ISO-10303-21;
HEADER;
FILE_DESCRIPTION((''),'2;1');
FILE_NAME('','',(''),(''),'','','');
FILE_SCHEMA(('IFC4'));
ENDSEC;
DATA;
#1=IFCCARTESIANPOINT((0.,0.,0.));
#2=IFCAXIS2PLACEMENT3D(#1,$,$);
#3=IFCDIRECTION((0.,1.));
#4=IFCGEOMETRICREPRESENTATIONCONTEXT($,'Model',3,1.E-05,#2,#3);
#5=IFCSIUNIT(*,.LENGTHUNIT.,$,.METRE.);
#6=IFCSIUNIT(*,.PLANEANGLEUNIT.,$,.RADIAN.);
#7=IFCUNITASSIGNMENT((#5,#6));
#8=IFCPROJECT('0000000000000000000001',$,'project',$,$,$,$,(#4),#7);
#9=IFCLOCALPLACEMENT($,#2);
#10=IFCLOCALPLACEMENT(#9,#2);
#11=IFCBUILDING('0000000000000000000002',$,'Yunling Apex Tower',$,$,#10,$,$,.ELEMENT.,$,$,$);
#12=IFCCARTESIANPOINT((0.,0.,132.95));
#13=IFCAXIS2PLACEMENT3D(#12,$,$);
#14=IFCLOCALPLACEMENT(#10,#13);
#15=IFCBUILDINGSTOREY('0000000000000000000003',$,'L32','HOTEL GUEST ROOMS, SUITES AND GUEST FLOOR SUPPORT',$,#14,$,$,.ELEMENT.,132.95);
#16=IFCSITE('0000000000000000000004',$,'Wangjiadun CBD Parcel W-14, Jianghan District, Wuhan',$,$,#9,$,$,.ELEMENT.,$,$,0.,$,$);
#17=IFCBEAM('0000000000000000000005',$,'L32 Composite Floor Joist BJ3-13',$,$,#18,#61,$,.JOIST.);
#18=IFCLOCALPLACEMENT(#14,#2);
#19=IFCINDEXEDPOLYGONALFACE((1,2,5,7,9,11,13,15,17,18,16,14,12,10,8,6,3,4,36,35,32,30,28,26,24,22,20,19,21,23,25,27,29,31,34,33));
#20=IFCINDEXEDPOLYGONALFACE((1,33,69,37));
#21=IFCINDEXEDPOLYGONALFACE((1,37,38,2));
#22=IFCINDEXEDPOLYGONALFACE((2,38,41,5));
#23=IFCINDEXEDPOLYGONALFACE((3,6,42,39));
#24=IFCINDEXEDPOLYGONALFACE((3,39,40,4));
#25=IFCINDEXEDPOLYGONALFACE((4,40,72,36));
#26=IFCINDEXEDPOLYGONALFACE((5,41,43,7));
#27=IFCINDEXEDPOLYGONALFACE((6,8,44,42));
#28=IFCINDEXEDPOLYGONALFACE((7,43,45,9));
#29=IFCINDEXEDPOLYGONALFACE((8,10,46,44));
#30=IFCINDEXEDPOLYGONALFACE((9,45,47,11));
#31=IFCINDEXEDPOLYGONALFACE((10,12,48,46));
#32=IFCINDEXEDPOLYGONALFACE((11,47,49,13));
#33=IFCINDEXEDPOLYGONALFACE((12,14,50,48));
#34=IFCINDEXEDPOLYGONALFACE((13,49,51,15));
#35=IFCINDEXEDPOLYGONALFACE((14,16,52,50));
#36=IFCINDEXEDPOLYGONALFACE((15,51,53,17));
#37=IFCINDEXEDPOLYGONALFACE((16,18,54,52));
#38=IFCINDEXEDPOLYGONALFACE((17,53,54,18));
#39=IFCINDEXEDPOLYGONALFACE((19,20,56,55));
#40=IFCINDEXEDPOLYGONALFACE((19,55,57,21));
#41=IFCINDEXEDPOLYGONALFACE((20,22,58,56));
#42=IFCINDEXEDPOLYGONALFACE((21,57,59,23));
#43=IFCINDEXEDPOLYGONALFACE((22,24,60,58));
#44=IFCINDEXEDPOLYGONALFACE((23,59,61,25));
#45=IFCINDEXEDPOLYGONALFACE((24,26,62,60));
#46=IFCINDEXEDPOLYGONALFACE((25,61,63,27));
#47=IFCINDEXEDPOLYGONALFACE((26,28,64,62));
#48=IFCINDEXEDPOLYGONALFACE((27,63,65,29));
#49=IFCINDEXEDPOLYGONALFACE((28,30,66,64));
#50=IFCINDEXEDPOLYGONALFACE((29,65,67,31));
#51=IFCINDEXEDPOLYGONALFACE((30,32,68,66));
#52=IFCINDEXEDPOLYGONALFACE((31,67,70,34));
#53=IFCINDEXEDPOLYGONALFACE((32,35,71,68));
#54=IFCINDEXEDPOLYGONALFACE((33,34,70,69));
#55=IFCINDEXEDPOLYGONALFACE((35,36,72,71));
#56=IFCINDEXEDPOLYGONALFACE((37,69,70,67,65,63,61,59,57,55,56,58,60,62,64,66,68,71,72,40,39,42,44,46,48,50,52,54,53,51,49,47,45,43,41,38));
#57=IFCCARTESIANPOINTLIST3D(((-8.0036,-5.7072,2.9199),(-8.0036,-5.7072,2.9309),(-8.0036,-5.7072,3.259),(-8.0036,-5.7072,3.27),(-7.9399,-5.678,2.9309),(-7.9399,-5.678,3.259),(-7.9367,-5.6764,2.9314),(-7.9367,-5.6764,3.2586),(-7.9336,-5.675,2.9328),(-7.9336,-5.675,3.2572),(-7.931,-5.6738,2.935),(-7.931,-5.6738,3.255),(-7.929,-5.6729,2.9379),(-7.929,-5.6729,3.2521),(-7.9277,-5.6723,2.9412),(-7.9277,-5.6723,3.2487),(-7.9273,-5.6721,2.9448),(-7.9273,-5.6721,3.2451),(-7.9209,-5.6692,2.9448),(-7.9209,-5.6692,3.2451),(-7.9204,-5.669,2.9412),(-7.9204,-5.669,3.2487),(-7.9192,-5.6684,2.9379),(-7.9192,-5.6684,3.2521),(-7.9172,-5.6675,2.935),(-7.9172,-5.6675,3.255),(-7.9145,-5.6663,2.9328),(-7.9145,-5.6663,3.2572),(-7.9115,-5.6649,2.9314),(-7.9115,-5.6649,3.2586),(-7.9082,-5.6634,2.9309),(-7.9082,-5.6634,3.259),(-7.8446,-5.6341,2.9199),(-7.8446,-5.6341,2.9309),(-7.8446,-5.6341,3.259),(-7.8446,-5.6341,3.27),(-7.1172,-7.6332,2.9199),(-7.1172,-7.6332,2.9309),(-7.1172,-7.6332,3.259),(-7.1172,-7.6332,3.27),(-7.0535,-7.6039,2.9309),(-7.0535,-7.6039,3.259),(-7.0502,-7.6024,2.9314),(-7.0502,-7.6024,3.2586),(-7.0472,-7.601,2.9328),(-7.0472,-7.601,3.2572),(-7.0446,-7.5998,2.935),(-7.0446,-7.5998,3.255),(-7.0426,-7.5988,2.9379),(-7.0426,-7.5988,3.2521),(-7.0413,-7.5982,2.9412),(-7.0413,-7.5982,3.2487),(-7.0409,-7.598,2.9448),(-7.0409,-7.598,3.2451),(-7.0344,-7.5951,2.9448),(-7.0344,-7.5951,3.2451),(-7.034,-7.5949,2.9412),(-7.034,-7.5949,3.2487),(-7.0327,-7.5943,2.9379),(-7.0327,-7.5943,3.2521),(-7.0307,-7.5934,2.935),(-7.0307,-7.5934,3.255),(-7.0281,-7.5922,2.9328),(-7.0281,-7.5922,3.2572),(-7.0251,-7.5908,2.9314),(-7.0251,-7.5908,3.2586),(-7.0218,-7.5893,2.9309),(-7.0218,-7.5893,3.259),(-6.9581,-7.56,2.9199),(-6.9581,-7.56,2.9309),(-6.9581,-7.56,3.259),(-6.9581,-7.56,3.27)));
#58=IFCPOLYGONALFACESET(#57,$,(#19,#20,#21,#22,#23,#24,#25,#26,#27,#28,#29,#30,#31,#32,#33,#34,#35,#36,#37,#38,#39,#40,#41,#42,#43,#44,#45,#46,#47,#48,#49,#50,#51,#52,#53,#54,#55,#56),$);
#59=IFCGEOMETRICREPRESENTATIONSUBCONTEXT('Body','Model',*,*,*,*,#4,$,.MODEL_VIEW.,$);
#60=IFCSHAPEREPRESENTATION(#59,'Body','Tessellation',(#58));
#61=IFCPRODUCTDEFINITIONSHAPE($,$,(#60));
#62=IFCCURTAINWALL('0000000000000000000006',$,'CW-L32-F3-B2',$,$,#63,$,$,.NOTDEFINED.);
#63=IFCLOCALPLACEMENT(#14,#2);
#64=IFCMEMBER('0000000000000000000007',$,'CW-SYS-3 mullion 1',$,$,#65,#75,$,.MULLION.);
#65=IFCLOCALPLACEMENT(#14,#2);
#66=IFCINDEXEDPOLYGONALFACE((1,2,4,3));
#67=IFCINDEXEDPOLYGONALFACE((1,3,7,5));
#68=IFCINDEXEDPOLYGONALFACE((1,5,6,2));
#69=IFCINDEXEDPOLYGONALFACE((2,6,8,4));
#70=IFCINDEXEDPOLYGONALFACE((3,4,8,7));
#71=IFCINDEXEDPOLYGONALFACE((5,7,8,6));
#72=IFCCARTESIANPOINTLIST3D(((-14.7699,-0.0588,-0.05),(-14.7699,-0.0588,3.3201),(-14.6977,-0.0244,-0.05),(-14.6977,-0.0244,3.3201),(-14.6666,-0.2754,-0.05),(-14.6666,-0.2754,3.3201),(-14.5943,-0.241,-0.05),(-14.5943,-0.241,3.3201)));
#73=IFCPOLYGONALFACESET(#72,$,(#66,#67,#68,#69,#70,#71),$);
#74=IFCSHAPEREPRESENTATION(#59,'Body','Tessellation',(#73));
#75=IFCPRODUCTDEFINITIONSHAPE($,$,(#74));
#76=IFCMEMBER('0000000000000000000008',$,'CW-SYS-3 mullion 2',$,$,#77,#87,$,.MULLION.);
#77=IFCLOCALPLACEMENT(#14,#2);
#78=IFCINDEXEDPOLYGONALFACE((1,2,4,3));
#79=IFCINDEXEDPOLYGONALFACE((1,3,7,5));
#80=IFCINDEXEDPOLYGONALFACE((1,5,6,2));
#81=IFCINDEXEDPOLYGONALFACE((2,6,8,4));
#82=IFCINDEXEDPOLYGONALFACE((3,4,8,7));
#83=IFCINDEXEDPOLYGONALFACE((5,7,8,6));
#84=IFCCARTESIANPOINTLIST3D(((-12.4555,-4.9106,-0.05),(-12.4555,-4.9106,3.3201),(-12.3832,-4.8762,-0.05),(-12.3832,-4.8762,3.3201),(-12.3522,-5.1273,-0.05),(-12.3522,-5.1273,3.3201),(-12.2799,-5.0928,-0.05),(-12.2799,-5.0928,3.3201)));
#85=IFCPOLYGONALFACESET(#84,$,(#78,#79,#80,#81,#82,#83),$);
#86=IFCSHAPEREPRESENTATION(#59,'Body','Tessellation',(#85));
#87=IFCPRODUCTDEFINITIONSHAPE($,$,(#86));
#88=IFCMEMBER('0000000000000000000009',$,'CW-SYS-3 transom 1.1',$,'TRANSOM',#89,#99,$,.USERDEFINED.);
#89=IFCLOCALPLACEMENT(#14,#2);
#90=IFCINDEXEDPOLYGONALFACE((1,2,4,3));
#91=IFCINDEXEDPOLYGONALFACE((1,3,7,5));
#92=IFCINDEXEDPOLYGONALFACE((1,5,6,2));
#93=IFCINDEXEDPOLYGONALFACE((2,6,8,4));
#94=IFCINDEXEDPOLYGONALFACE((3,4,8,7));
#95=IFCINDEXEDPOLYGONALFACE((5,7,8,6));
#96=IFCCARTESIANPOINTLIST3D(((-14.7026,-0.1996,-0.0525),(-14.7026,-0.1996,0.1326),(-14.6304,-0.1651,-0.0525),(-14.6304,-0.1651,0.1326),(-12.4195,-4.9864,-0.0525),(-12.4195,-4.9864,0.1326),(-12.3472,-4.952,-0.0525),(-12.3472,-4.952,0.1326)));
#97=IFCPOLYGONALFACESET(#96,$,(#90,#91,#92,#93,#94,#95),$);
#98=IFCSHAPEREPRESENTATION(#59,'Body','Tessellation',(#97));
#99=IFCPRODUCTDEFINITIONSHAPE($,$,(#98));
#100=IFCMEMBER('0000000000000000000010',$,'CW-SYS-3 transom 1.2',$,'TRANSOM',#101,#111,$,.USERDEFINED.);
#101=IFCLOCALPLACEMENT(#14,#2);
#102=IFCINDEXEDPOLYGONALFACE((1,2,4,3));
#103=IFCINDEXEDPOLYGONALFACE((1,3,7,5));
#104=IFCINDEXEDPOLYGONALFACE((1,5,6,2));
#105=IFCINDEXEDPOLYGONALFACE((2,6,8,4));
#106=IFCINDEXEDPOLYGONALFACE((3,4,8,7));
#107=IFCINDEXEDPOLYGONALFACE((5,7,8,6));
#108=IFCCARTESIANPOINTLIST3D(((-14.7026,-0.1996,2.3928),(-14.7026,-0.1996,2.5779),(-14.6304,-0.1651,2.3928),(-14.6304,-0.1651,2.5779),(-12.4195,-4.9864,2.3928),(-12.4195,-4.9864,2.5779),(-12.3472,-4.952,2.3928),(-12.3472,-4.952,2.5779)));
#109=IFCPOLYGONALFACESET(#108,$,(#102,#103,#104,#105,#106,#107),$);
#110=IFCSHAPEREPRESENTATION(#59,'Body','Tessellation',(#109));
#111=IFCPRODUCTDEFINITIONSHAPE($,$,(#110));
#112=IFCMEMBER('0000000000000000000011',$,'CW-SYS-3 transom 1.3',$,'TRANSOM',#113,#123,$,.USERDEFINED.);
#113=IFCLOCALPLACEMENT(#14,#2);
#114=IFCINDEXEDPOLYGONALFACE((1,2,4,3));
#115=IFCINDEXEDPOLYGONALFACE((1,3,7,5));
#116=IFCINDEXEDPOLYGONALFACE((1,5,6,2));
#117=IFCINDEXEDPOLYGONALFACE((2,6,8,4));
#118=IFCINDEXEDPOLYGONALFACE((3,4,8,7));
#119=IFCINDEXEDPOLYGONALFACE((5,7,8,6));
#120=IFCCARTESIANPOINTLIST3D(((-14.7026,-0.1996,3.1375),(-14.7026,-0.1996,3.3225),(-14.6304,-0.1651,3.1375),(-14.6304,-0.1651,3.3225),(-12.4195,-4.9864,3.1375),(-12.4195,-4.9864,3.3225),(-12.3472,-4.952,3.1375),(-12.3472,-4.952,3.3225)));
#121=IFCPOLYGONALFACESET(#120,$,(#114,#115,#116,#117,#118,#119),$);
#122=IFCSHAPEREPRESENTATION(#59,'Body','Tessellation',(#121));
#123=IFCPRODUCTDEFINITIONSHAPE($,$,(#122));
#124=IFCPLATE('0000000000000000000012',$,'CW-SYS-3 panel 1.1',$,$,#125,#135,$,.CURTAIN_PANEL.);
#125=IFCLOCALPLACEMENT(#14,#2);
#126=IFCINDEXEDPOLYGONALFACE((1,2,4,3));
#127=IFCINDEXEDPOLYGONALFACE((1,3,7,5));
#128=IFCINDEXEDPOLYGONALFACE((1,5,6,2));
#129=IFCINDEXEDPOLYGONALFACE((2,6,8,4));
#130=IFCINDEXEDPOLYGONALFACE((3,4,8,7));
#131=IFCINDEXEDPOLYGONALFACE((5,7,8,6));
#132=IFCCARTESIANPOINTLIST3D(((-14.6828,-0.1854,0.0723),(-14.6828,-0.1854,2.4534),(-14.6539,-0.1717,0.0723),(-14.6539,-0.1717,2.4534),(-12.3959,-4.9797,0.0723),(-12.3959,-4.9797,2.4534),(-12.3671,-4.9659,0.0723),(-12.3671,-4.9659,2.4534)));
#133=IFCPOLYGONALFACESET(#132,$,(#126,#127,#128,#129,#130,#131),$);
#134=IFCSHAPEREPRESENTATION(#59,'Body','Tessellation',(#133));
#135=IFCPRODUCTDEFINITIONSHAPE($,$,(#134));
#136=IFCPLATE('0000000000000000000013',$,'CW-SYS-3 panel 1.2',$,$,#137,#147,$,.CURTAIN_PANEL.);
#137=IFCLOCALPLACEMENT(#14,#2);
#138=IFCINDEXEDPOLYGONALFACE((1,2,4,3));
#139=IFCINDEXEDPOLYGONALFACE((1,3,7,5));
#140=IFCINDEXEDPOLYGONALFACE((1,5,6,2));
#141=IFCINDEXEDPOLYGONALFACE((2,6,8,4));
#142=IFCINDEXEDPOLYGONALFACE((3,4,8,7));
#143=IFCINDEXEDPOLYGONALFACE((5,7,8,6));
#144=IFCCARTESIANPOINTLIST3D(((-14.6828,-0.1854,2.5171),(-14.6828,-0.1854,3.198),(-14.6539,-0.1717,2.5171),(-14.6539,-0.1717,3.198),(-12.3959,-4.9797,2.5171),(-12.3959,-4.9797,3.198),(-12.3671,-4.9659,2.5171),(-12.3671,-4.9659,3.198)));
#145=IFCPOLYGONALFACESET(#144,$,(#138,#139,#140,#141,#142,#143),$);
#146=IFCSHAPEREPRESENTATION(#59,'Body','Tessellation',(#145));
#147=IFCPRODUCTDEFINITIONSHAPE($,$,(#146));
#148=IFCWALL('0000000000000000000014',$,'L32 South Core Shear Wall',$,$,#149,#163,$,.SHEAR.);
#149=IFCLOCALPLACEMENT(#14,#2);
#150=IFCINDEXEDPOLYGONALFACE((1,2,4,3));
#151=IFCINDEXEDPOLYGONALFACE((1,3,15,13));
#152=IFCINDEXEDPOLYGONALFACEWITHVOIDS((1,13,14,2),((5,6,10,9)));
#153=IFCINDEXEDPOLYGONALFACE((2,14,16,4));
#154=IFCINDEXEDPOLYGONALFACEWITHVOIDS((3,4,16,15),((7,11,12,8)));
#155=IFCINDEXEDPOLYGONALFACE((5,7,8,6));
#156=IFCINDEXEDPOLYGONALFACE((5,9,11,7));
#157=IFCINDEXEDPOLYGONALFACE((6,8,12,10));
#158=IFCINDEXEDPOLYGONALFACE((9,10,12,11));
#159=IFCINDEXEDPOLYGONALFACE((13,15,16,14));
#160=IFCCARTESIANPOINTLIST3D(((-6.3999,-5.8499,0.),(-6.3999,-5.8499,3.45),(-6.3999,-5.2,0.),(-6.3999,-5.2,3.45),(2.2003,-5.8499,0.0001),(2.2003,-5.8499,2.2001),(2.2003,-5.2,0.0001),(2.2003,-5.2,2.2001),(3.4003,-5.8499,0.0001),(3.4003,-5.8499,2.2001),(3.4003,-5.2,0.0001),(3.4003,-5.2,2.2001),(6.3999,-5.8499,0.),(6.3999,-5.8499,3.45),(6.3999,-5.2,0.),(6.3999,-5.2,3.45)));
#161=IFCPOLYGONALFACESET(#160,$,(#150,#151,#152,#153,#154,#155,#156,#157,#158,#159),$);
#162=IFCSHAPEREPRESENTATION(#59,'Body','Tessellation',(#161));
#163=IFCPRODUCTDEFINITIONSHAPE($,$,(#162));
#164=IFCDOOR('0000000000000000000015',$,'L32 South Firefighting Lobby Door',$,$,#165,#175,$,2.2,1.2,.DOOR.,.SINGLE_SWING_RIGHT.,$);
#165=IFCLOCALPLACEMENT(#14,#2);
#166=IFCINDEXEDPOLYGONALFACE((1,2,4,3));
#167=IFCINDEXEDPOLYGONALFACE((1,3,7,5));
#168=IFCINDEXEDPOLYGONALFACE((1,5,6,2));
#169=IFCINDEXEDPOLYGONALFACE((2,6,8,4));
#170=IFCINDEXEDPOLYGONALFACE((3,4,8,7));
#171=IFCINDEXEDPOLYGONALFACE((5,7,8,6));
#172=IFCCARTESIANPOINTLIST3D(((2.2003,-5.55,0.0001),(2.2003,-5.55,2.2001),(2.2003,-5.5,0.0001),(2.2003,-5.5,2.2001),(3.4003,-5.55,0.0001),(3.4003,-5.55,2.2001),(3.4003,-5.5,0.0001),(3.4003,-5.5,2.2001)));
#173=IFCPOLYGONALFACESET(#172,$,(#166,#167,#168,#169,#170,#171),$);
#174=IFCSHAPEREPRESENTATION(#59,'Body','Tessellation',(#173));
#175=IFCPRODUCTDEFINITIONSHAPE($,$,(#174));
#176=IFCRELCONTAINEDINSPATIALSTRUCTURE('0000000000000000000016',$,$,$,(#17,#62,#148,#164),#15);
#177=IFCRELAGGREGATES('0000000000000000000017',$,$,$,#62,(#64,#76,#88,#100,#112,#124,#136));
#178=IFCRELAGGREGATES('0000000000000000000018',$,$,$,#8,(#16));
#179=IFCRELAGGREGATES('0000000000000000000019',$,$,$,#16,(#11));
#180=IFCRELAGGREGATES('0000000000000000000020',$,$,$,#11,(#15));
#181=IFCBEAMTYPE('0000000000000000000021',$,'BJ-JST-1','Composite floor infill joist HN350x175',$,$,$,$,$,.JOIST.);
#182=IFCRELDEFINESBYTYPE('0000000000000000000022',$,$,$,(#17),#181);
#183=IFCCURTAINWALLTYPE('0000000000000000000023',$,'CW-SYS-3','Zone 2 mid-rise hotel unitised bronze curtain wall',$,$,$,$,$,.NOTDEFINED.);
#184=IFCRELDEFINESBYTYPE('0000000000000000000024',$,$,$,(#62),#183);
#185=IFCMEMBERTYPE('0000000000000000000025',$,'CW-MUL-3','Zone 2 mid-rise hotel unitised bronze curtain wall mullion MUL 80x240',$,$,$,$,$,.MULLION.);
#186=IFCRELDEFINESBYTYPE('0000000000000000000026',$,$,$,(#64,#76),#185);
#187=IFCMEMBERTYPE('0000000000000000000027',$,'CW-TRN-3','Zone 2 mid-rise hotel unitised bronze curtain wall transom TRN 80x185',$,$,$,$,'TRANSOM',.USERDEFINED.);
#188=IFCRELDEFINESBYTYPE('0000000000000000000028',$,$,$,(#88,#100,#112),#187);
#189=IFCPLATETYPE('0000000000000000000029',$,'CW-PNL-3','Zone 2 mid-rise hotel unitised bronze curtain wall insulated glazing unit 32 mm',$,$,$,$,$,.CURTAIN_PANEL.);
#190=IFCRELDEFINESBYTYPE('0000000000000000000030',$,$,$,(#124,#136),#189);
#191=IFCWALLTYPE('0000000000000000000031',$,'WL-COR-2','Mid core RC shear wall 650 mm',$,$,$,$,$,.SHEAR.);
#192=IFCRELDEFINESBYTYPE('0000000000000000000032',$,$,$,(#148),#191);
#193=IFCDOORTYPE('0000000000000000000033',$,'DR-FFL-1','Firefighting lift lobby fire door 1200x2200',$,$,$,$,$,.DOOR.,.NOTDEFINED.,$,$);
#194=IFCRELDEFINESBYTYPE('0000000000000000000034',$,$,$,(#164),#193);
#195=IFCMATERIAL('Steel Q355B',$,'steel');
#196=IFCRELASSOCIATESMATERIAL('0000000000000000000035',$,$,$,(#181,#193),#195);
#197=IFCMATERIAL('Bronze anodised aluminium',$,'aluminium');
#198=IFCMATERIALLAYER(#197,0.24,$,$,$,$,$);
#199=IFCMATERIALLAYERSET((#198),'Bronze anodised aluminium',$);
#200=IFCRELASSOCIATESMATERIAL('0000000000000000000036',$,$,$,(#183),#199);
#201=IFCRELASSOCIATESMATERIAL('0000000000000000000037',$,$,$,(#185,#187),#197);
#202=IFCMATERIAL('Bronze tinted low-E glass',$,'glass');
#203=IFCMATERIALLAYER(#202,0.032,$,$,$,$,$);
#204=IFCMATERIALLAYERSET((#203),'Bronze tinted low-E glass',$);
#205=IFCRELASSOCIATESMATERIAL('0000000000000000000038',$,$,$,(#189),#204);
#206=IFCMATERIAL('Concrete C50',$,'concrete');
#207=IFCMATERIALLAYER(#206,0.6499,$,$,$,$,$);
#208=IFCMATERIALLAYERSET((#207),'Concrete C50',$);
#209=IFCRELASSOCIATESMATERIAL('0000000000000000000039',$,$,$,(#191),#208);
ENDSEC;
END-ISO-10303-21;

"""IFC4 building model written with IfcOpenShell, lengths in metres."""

from ifc_helpers import new_model, si_unit, direction, frame, frame_2d, origin, origin_2d, place, context, subcontext, project, spatial, rectangle, i_section, extrude, source, transform, mapped, material, layer, layer_set, material_profile, profile_set, type_object, element, fill, aggregate, save


model = new_model("IFC4")

# Units and contexts
model_context = context("Model", 3, precision=1e-05, world=origin(), true_north=direction((0.0, 1.0)))
body_context = subcontext(model_context, "Body", "Model", "MODEL_VIEW")
ifc_project = project(units=[si_unit("LENGTHUNIT", "METRE"), si_unit("PLANEANGLEUNIT", "RADIAN")], contexts=[model_context])

# Site, building, storey
site_placement = place(None, origin())
site = spatial("IfcSite", under=ifc_project, at=site_placement, Name="Wangjiadun CBD Parcel W-14, Jianghan District, Wuhan", CompositionType="ELEMENT", RefElevation=0.0)
building_placement = place(site_placement, origin())
building = spatial("IfcBuilding", under=site, at=building_placement, Name="Yunling Apex Tower", CompositionType="ELEMENT")
storey_placement = place(building_placement, frame((0.0, 0.0, 132.95)))
storey = spatial("IfcBuildingStorey", under=building, at=storey_placement, Name="L32", Description="HOTEL GUEST ROOMS, SUITES AND GUEST FLOOR SUPPORT", CompositionType="ELEMENT", Elevation=132.95)

# Beam
ifc_material_1 = material(Name="Steel Q355B", Category="steel")
ifc_material_profile_1 = material_profile(ifc_material_1, i_section(OverallWidth=0.175, OverallDepth=0.3501, WebThickness=0.0071, FlangeThickness=0.011, FilletRadius=0.0139, at=origin_2d()))
ifc_profile_set_1 = profile_set([ifc_material_profile_1], Name="Steel Q355B")
beam_type_1 = type_object("IfcBeamType", Name="BJ-JST-1", Description="Composite floor infill joist HN350x175", PredefinedType="JOIST", material=ifc_profile_set_1)
shared_shape_1 = source(origin(), body_context, "Body", "SweptSolid", [
    extrude(i_section(OverallWidth=0.175, OverallDepth=0.3501, WebThickness=0.0071, FlangeThickness=0.011, FilletRadius=0.0139, at=origin_2d()), origin(), (0.0, 0.0, 1.0), 2.1201),
])
beam_1_placement = place(storey_placement, frame((-7.9241, -5.6707, 3.095), z_axis=(0.418101, -0.9084, 0.0), x_axis=(0.9084, 0.418101, 0.0)))
element("IfcBeam", 1, at=beam_1_placement, inside=storey, type_object=beam_type_1, Name="L32 Composite Floor Joist BJ3-13", PredefinedType="JOIST", context=body_context, shape_type="MappedRepresentation", body=[
    mapped(shared_shape_1, transform((0.0, 0.0, 0.0), scale=1.0)),
])

# Curtain wall, members, plates
ifc_material_2 = material(Name="Bronze anodised aluminium", Category="aluminium")
ifc_layer_1 = layer(ifc_material_2, 0.24)
ifc_layer_set_1 = layer_set([ifc_layer_1], Name="Bronze anodised aluminium")
curtain_wall_type = type_object("IfcCurtainWallType", Name="CW-SYS-3", Description="Zone 2 mid-rise hotel unitised bronze curtain wall", PredefinedType="NOTDEFINED", material=ifc_layer_set_1)
curtain_wall_placement = place(storey_placement, origin())
curtain_wall = element("IfcCurtainWall", 2, at=curtain_wall_placement, inside=storey, type_object=curtain_wall_type, Name="CW-L32-F3-B2", PredefinedType="NOTDEFINED")
ifc_material_profile_2 = material_profile(ifc_material_2, rectangle(XDim=0.0801, YDim=0.24, at=origin_2d()))
ifc_profile_set_2 = profile_set([ifc_material_profile_2], Name="Bronze anodised aluminium")
member_type_1 = type_object("IfcMemberType", Name="CW-MUL-3", Description="Zone 2 mid-rise hotel unitised bronze curtain wall mullion MUL 80x240", PredefinedType="MULLION", material=ifc_profile_set_2)
shared_shape_2 = source(origin(), body_context, "Body", "SweptSolid", [
    extrude(rectangle(XDim=0.0801, YDim=0.24, at=origin_2d()), origin(), (0.0, 0.0, 1.0), 3.3701),
])
member_1_placement = place(storey_placement, frame((-14.6821, -0.1499, -0.05), z_axis=(0.0, 0.0, 1.0), x_axis=(0.90258, 0.430523, 0.0)))
member_1 = element("IfcMember", 3, at=member_1_placement, type_object=member_type_1, Name="CW-SYS-3 mullion 1", PredefinedType="MULLION", context=body_context, shape_type="MappedRepresentation", body=[
    mapped(shared_shape_2, transform((0.0, 0.0, 0.0), scale=1.0)),
])
member_2_placement = place(storey_placement, frame((-12.3677, -5.0017, -0.05), z_axis=(0.0, 0.0, 1.0), x_axis=(0.90258, 0.430523, 0.0)))
member_2 = element("IfcMember", 4, at=member_2_placement, type_object=member_type_1, Name="CW-SYS-3 mullion 2", PredefinedType="MULLION", context=body_context, shape_type="MappedRepresentation", body=[
    mapped(shared_shape_2, transform((0.0, 0.0, 0.0), scale=1.0)),
])
ifc_material_profile_3 = material_profile(ifc_material_2, rectangle(XDim=0.0801, YDim=0.1851, at=origin_2d()))
ifc_profile_set_3 = profile_set([ifc_material_profile_3], Name="Bronze anodised aluminium")
member_type_2 = type_object("IfcMemberType", Name="CW-TRN-3", Description="Zone 2 mid-rise hotel unitised bronze curtain wall transom TRN 80x185", ElementType="TRANSOM", PredefinedType="USERDEFINED", material=ifc_profile_set_3)
shared_shape_3 = source(origin(), body_context, "Body", "SweptSolid", [
    extrude(rectangle(XDim=0.0801, YDim=0.1851, at=origin_2d()), origin(), (0.0, 0.0, 1.0), 5.3035),
])
member_3_placement = place(storey_placement, frame((-14.6665, -0.1824, 0.04), z_axis=(0.430509, -0.902586, 0.0), x_axis=(0.902586, 0.430509, 0.0)))
member_3 = element("IfcMember", 5, at=member_3_placement, type_object=member_type_2, Name="CW-SYS-3 transom 1.1", ObjectType="TRANSOM", PredefinedType="USERDEFINED", context=body_context, shape_type="MappedRepresentation", body=[
    mapped(shared_shape_3, transform((0.0, 0.0, 0.0), scale=1.0)),
])
member_4_placement = place(storey_placement, frame((-14.6665, -0.1824, 2.4854), z_axis=(0.430509, -0.902586, 0.0), x_axis=(0.902586, 0.430509, 0.0)))
member_4 = element("IfcMember", 6, at=member_4_placement, type_object=member_type_2, Name="CW-SYS-3 transom 1.2", ObjectType="TRANSOM", PredefinedType="USERDEFINED", context=body_context, shape_type="MappedRepresentation", body=[
    mapped(shared_shape_3, transform((0.0, 0.0, 0.0), scale=1.0)),
])
member_5_placement = place(storey_placement, frame((-14.6665, -0.1824, 3.23), z_axis=(0.430509, -0.902586, 0.0), x_axis=(0.902586, 0.430509, 0.0)))
member_5 = element("IfcMember", 7, at=member_5_placement, type_object=member_type_2, Name="CW-SYS-3 transom 1.3", ObjectType="TRANSOM", PredefinedType="USERDEFINED", context=body_context, shape_type="MappedRepresentation", body=[
    mapped(shared_shape_3, transform((0.0, 0.0, 0.0), scale=1.0)),
])
ifc_material_3 = material(Name="Bronze tinted low-E glass", Category="glass")
ifc_layer_2 = layer(ifc_material_3, 0.032)
ifc_layer_set_2 = layer_set([ifc_layer_2], Name="Bronze tinted low-E glass")
plate_type = type_object("IfcPlateType", Name="CW-PNL-3", Description="Zone 2 mid-rise hotel unitised bronze curtain wall insulated glazing unit 32 mm", PredefinedType="CURTAIN_PANEL", material=ifc_layer_set_2)
shared_shape_4 = source(origin(), body_context, "Body", "SweptSolid", [
    extrude(rectangle(XDim=5.3118, YDim=0.032, at=origin_2d()), origin(), (0.0, 0.0, 1.0), 2.3811),
])
plate_1_placement = place(storey_placement, frame((-13.5249, -2.5757, 0.0723), z_axis=(0.0, 0.0, 1.0), x_axis=(0.430523, -0.90258, 0.0)))
plate_1 = element("IfcPlate", 8, at=plate_1_placement, type_object=plate_type, Name="CW-SYS-3 panel 1.1", PredefinedType="CURTAIN_PANEL", context=body_context, shape_type="MappedRepresentation", body=[
    mapped(shared_shape_4, transform((0.0, 0.0, 0.0), scale=1.0)),
])
shared_shape_5 = source(origin(), body_context, "Body", "SweptSolid", [
    extrude(rectangle(XDim=5.3118, YDim=0.032, at=origin_2d()), origin(), (0.0, 0.0, 1.0), 0.6809),
])
plate_2_placement = place(storey_placement, frame((-13.5249, -2.5757, 2.5171), z_axis=(0.0, 0.0, 1.0), x_axis=(0.430523, -0.90258, 0.0)))
plate_2 = element("IfcPlate", 9, at=plate_2_placement, type_object=plate_type, Name="CW-SYS-3 panel 1.2", PredefinedType="CURTAIN_PANEL", context=body_context, shape_type="MappedRepresentation", body=[
    mapped(shared_shape_5, transform((0.0, 0.0, 0.0), scale=1.0)),
])
aggregate(curtain_wall, [member_1, member_2, member_3, member_4, member_5, plate_1, plate_2])

# Wall, opening, door
ifc_material_4 = material(Name="Concrete C50", Category="concrete")
ifc_layer_3 = layer(ifc_material_4, 0.6499)
ifc_layer_set_3 = layer_set([ifc_layer_3], Name="Concrete C50")
wall_type_1 = type_object("IfcWallType", Name="WL-COR-2", Description="Mid core RC shear wall 650 mm", PredefinedType="SHEAR", material=ifc_layer_set_3)
wall_1_placement = place(storey_placement, frame((-6.3999, -5.5249, 0.0), z_axis=(0.0, 0.0, 1.0), x_axis=(1.0, 0.0, 0.0)))
wall_1 = element("IfcWall", 10, at=wall_1_placement, inside=storey, type_object=wall_type_1, Name="L32 South Core Shear Wall", PredefinedType="SHEAR", context=body_context, shape_type="SweptSolid", body=[
    extrude(rectangle(XDim=12.7998, YDim=0.6499, at=frame_2d((6.3999, 0.0))), origin(), (0.0, 0.0, 1.0), 3.45),
])
opening_placement = place(wall_1_placement, frame((8.6001, 0.0, 0.0)))
opening = element("IfcOpeningElement", 11, at=opening_placement, cuts=wall_1, PredefinedType="OPENING", context=body_context, shape_type="SweptSolid", body=[
    extrude(rectangle(XDim=1.2, YDim=2.2, at=frame_2d((0.6001, 1.1001))), frame((0.0, 0.335, 0.0), z_axis=(0.0, -1.0, 0.0), x_axis=(1.0, 0.0, 0.0)), (0.0, 0.0, 1.0), 0.6699),
])
door_type = type_object("IfcDoorType", Name="DR-FFL-1", Description="Firefighting lift lobby fire door 1200x2200", OperationType="NOTDEFINED", PredefinedType="DOOR", material=ifc_material_1)
door_placement = place(opening_placement, origin())
door = element("IfcDoor", 12, at=door_placement, inside=storey, type_object=door_type, Name="L32 South Firefighting Lobby Door", OperationType="SINGLE_SWING_RIGHT", OverallHeight=2.2, OverallWidth=1.2, PredefinedType="DOOR", context=body_context, shape_type="SweptSolid", body=[
    extrude(rectangle(XDim=1.2, YDim=2.2, at=frame_2d((0.6001, 1.1001))), frame((0.0, 0.0249, 0.0), z_axis=(0.0, -1.0, 0.0), x_axis=(1.0, 0.0, 0.0)), (0.0, 0.0, 1.0), 0.05),
])
fill(opening, door)

save(model, "model.ifc")
